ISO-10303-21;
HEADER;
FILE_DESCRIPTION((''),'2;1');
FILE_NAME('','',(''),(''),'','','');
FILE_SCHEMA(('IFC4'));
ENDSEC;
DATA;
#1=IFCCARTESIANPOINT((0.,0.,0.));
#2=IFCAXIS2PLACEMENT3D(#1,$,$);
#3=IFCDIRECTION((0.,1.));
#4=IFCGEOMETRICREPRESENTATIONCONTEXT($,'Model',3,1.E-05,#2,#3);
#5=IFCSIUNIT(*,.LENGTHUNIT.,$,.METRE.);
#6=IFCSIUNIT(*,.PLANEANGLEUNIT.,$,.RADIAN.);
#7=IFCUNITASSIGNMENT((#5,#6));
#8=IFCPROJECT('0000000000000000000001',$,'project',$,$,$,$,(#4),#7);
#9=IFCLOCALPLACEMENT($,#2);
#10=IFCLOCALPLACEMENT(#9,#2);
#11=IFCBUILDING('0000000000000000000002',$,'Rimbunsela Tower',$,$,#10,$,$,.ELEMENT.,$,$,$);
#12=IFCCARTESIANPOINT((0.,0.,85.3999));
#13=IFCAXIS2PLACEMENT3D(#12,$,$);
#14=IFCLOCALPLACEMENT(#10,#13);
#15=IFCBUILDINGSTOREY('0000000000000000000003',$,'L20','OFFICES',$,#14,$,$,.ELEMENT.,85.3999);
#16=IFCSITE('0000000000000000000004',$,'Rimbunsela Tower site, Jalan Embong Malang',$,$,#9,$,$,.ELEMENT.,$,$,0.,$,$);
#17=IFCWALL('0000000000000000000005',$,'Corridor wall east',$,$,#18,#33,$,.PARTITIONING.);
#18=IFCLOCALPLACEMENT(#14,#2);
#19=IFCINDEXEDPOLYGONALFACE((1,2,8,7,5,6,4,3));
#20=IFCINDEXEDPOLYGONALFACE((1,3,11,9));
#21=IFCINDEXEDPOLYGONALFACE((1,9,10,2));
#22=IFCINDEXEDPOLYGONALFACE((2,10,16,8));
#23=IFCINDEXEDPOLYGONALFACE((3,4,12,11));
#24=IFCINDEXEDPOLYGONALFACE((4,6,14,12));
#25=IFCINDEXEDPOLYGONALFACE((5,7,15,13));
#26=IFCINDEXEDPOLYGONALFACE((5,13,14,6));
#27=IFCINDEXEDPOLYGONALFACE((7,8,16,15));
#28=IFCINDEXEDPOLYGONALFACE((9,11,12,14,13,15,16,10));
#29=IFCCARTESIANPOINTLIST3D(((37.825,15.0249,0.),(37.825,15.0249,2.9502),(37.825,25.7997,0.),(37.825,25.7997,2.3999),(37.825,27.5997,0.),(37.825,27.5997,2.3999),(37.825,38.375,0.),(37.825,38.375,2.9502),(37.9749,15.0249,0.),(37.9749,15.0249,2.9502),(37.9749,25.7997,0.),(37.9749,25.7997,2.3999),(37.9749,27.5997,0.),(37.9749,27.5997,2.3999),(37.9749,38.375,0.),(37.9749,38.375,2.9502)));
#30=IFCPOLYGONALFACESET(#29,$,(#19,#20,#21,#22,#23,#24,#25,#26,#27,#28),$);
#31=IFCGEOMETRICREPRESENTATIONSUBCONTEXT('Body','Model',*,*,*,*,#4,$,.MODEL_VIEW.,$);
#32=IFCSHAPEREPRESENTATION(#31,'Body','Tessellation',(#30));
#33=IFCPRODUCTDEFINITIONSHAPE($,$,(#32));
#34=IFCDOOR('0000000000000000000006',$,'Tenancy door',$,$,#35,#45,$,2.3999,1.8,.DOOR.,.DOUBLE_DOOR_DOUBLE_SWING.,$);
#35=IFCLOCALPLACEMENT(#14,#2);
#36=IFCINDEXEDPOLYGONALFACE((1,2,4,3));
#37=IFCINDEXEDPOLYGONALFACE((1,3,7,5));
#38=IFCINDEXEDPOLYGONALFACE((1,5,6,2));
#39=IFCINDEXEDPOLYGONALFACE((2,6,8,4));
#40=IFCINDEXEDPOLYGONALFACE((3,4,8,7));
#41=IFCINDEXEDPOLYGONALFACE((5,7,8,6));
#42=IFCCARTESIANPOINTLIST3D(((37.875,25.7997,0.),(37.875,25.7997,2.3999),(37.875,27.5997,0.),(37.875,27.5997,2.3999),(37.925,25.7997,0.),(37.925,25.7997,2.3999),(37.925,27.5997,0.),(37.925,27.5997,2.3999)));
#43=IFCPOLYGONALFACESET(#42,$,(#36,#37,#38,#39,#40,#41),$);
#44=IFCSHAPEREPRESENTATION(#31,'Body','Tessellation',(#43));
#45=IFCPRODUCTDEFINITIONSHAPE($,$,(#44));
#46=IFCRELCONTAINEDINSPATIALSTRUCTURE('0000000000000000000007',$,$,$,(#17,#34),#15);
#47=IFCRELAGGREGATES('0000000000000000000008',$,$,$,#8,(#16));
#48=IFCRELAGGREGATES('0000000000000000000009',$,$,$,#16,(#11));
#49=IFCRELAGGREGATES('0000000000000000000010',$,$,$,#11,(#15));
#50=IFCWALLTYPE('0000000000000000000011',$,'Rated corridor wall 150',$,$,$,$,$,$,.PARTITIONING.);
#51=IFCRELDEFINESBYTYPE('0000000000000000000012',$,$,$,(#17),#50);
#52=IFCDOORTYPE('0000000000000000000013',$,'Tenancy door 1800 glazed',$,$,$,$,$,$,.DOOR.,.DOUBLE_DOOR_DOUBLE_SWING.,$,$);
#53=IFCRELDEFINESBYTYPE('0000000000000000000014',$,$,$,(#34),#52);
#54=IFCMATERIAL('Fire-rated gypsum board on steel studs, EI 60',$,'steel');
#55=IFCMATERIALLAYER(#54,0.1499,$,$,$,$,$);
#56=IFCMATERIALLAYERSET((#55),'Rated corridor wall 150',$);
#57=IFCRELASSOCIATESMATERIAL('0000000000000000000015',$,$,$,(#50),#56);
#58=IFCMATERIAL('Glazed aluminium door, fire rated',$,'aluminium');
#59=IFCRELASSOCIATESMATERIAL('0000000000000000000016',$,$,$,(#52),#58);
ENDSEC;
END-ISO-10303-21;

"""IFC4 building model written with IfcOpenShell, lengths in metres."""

from ifc_helpers import new_model, si_unit, direction, frame, frame_2d, origin, place, context, subcontext, project, spatial, rectangle, extrude, material, layer, layer_set, type_object, element, fill, save


model = new_model("IFC4")

# Units and contexts
model_context = context("Model", 3, precision=1e-05, world=origin(), true_north=direction((0.0, 1.0)))
body_context = subcontext(model_context, "Body", "Model", "MODEL_VIEW")
ifc_project = project(units=[si_unit("LENGTHUNIT", "METRE"), si_unit("PLANEANGLEUNIT", "RADIAN")], contexts=[model_context])

# Site, building, storey
site_placement = place(None, origin())
site = spatial("IfcSite", under=ifc_project, at=site_placement, Name="Rimbunsela Tower site, Jalan Embong Malang", CompositionType="ELEMENT", RefElevation=0.0)
building_placement = place(site_placement, origin())
building = spatial("IfcBuilding", under=site, at=building_placement, Name="Rimbunsela Tower", CompositionType="ELEMENT")
storey_placement = place(building_placement, frame((0.0, 0.0, 85.3999)))
storey = spatial("IfcBuildingStorey", under=building, at=storey_placement, Name="L20", Description="OFFICES", CompositionType="ELEMENT", Elevation=85.3999)

# Wall, opening, door
ifc_material_1 = material(Name="Fire-rated gypsum board on steel studs, EI 60", Category="steel")
ifc_layer_1 = layer(ifc_material_1, 0.1499)
ifc_layer_set_1 = layer_set([ifc_layer_1], Name="Rated corridor wall 150")
wall_type_1 = type_object("IfcWallType", Name="Rated corridor wall 150", PredefinedType="PARTITIONING", material=ifc_layer_set_1)
wall_1_placement = place(storey_placement, frame((37.8999, 15.0249, 0.0), z_axis=(0.0, 0.0, 1.0), x_axis=(0.0, 1.0, 0.0)))
wall_1 = element("IfcWall", 1, at=wall_1_placement, inside=storey, type_object=wall_type_1, Name="Corridor wall east", PredefinedType="PARTITIONING", context=body_context, shape_type="SweptSolid", body=[
    extrude(rectangle(XDim=23.3501, YDim=0.1499, at=frame_2d((11.675, 0.0))), origin(), (0.0, 0.0, 1.0), 2.9502),
])
opening_1_placement = place(wall_1_placement, frame((10.7749, 0.0, 0.0)))
opening_1 = element("IfcOpeningElement", 2, at=opening_1_placement, cuts=wall_1, PredefinedType="OPENING", context=body_context, shape_type="SweptSolid", body=[
    extrude(rectangle(XDim=1.8, YDim=2.3999, at=frame_2d((0.8999, 1.2))), frame((0.0, 0.085, 0.0), z_axis=(0.0, -1.0, 0.0), x_axis=(1.0, 0.0, 0.0)), (0.0, 0.0, 1.0), 0.1699),
])
ifc_material_2 = material(Name="Glazed aluminium door, fire rated", Category="aluminium")
door_type_1 = type_object("IfcDoorType", Name="Tenancy door 1800 glazed", OperationType="DOUBLE_DOOR_DOUBLE_SWING", PredefinedType="DOOR", material=ifc_material_2)
door_1_placement = place(opening_1_placement, origin())
door_1 = element("IfcDoor", 3, at=door_1_placement, inside=storey, type_object=door_type_1, Name="Tenancy door", OperationType="DOUBLE_DOOR_DOUBLE_SWING", OverallHeight=2.3999, OverallWidth=1.8, PredefinedType="DOOR", context=body_context, shape_type="SweptSolid", body=[
    extrude(rectangle(XDim=1.8, YDim=2.3999, at=frame_2d((0.8999, 1.2))), frame((0.0, 0.0249, 0.0), z_axis=(0.0, -1.0, 0.0), x_axis=(1.0, 0.0, 0.0)), (0.0, 0.0, 1.0), 0.05),
])
fill(opening_1, door_1)

save(model, "model.ifc")
